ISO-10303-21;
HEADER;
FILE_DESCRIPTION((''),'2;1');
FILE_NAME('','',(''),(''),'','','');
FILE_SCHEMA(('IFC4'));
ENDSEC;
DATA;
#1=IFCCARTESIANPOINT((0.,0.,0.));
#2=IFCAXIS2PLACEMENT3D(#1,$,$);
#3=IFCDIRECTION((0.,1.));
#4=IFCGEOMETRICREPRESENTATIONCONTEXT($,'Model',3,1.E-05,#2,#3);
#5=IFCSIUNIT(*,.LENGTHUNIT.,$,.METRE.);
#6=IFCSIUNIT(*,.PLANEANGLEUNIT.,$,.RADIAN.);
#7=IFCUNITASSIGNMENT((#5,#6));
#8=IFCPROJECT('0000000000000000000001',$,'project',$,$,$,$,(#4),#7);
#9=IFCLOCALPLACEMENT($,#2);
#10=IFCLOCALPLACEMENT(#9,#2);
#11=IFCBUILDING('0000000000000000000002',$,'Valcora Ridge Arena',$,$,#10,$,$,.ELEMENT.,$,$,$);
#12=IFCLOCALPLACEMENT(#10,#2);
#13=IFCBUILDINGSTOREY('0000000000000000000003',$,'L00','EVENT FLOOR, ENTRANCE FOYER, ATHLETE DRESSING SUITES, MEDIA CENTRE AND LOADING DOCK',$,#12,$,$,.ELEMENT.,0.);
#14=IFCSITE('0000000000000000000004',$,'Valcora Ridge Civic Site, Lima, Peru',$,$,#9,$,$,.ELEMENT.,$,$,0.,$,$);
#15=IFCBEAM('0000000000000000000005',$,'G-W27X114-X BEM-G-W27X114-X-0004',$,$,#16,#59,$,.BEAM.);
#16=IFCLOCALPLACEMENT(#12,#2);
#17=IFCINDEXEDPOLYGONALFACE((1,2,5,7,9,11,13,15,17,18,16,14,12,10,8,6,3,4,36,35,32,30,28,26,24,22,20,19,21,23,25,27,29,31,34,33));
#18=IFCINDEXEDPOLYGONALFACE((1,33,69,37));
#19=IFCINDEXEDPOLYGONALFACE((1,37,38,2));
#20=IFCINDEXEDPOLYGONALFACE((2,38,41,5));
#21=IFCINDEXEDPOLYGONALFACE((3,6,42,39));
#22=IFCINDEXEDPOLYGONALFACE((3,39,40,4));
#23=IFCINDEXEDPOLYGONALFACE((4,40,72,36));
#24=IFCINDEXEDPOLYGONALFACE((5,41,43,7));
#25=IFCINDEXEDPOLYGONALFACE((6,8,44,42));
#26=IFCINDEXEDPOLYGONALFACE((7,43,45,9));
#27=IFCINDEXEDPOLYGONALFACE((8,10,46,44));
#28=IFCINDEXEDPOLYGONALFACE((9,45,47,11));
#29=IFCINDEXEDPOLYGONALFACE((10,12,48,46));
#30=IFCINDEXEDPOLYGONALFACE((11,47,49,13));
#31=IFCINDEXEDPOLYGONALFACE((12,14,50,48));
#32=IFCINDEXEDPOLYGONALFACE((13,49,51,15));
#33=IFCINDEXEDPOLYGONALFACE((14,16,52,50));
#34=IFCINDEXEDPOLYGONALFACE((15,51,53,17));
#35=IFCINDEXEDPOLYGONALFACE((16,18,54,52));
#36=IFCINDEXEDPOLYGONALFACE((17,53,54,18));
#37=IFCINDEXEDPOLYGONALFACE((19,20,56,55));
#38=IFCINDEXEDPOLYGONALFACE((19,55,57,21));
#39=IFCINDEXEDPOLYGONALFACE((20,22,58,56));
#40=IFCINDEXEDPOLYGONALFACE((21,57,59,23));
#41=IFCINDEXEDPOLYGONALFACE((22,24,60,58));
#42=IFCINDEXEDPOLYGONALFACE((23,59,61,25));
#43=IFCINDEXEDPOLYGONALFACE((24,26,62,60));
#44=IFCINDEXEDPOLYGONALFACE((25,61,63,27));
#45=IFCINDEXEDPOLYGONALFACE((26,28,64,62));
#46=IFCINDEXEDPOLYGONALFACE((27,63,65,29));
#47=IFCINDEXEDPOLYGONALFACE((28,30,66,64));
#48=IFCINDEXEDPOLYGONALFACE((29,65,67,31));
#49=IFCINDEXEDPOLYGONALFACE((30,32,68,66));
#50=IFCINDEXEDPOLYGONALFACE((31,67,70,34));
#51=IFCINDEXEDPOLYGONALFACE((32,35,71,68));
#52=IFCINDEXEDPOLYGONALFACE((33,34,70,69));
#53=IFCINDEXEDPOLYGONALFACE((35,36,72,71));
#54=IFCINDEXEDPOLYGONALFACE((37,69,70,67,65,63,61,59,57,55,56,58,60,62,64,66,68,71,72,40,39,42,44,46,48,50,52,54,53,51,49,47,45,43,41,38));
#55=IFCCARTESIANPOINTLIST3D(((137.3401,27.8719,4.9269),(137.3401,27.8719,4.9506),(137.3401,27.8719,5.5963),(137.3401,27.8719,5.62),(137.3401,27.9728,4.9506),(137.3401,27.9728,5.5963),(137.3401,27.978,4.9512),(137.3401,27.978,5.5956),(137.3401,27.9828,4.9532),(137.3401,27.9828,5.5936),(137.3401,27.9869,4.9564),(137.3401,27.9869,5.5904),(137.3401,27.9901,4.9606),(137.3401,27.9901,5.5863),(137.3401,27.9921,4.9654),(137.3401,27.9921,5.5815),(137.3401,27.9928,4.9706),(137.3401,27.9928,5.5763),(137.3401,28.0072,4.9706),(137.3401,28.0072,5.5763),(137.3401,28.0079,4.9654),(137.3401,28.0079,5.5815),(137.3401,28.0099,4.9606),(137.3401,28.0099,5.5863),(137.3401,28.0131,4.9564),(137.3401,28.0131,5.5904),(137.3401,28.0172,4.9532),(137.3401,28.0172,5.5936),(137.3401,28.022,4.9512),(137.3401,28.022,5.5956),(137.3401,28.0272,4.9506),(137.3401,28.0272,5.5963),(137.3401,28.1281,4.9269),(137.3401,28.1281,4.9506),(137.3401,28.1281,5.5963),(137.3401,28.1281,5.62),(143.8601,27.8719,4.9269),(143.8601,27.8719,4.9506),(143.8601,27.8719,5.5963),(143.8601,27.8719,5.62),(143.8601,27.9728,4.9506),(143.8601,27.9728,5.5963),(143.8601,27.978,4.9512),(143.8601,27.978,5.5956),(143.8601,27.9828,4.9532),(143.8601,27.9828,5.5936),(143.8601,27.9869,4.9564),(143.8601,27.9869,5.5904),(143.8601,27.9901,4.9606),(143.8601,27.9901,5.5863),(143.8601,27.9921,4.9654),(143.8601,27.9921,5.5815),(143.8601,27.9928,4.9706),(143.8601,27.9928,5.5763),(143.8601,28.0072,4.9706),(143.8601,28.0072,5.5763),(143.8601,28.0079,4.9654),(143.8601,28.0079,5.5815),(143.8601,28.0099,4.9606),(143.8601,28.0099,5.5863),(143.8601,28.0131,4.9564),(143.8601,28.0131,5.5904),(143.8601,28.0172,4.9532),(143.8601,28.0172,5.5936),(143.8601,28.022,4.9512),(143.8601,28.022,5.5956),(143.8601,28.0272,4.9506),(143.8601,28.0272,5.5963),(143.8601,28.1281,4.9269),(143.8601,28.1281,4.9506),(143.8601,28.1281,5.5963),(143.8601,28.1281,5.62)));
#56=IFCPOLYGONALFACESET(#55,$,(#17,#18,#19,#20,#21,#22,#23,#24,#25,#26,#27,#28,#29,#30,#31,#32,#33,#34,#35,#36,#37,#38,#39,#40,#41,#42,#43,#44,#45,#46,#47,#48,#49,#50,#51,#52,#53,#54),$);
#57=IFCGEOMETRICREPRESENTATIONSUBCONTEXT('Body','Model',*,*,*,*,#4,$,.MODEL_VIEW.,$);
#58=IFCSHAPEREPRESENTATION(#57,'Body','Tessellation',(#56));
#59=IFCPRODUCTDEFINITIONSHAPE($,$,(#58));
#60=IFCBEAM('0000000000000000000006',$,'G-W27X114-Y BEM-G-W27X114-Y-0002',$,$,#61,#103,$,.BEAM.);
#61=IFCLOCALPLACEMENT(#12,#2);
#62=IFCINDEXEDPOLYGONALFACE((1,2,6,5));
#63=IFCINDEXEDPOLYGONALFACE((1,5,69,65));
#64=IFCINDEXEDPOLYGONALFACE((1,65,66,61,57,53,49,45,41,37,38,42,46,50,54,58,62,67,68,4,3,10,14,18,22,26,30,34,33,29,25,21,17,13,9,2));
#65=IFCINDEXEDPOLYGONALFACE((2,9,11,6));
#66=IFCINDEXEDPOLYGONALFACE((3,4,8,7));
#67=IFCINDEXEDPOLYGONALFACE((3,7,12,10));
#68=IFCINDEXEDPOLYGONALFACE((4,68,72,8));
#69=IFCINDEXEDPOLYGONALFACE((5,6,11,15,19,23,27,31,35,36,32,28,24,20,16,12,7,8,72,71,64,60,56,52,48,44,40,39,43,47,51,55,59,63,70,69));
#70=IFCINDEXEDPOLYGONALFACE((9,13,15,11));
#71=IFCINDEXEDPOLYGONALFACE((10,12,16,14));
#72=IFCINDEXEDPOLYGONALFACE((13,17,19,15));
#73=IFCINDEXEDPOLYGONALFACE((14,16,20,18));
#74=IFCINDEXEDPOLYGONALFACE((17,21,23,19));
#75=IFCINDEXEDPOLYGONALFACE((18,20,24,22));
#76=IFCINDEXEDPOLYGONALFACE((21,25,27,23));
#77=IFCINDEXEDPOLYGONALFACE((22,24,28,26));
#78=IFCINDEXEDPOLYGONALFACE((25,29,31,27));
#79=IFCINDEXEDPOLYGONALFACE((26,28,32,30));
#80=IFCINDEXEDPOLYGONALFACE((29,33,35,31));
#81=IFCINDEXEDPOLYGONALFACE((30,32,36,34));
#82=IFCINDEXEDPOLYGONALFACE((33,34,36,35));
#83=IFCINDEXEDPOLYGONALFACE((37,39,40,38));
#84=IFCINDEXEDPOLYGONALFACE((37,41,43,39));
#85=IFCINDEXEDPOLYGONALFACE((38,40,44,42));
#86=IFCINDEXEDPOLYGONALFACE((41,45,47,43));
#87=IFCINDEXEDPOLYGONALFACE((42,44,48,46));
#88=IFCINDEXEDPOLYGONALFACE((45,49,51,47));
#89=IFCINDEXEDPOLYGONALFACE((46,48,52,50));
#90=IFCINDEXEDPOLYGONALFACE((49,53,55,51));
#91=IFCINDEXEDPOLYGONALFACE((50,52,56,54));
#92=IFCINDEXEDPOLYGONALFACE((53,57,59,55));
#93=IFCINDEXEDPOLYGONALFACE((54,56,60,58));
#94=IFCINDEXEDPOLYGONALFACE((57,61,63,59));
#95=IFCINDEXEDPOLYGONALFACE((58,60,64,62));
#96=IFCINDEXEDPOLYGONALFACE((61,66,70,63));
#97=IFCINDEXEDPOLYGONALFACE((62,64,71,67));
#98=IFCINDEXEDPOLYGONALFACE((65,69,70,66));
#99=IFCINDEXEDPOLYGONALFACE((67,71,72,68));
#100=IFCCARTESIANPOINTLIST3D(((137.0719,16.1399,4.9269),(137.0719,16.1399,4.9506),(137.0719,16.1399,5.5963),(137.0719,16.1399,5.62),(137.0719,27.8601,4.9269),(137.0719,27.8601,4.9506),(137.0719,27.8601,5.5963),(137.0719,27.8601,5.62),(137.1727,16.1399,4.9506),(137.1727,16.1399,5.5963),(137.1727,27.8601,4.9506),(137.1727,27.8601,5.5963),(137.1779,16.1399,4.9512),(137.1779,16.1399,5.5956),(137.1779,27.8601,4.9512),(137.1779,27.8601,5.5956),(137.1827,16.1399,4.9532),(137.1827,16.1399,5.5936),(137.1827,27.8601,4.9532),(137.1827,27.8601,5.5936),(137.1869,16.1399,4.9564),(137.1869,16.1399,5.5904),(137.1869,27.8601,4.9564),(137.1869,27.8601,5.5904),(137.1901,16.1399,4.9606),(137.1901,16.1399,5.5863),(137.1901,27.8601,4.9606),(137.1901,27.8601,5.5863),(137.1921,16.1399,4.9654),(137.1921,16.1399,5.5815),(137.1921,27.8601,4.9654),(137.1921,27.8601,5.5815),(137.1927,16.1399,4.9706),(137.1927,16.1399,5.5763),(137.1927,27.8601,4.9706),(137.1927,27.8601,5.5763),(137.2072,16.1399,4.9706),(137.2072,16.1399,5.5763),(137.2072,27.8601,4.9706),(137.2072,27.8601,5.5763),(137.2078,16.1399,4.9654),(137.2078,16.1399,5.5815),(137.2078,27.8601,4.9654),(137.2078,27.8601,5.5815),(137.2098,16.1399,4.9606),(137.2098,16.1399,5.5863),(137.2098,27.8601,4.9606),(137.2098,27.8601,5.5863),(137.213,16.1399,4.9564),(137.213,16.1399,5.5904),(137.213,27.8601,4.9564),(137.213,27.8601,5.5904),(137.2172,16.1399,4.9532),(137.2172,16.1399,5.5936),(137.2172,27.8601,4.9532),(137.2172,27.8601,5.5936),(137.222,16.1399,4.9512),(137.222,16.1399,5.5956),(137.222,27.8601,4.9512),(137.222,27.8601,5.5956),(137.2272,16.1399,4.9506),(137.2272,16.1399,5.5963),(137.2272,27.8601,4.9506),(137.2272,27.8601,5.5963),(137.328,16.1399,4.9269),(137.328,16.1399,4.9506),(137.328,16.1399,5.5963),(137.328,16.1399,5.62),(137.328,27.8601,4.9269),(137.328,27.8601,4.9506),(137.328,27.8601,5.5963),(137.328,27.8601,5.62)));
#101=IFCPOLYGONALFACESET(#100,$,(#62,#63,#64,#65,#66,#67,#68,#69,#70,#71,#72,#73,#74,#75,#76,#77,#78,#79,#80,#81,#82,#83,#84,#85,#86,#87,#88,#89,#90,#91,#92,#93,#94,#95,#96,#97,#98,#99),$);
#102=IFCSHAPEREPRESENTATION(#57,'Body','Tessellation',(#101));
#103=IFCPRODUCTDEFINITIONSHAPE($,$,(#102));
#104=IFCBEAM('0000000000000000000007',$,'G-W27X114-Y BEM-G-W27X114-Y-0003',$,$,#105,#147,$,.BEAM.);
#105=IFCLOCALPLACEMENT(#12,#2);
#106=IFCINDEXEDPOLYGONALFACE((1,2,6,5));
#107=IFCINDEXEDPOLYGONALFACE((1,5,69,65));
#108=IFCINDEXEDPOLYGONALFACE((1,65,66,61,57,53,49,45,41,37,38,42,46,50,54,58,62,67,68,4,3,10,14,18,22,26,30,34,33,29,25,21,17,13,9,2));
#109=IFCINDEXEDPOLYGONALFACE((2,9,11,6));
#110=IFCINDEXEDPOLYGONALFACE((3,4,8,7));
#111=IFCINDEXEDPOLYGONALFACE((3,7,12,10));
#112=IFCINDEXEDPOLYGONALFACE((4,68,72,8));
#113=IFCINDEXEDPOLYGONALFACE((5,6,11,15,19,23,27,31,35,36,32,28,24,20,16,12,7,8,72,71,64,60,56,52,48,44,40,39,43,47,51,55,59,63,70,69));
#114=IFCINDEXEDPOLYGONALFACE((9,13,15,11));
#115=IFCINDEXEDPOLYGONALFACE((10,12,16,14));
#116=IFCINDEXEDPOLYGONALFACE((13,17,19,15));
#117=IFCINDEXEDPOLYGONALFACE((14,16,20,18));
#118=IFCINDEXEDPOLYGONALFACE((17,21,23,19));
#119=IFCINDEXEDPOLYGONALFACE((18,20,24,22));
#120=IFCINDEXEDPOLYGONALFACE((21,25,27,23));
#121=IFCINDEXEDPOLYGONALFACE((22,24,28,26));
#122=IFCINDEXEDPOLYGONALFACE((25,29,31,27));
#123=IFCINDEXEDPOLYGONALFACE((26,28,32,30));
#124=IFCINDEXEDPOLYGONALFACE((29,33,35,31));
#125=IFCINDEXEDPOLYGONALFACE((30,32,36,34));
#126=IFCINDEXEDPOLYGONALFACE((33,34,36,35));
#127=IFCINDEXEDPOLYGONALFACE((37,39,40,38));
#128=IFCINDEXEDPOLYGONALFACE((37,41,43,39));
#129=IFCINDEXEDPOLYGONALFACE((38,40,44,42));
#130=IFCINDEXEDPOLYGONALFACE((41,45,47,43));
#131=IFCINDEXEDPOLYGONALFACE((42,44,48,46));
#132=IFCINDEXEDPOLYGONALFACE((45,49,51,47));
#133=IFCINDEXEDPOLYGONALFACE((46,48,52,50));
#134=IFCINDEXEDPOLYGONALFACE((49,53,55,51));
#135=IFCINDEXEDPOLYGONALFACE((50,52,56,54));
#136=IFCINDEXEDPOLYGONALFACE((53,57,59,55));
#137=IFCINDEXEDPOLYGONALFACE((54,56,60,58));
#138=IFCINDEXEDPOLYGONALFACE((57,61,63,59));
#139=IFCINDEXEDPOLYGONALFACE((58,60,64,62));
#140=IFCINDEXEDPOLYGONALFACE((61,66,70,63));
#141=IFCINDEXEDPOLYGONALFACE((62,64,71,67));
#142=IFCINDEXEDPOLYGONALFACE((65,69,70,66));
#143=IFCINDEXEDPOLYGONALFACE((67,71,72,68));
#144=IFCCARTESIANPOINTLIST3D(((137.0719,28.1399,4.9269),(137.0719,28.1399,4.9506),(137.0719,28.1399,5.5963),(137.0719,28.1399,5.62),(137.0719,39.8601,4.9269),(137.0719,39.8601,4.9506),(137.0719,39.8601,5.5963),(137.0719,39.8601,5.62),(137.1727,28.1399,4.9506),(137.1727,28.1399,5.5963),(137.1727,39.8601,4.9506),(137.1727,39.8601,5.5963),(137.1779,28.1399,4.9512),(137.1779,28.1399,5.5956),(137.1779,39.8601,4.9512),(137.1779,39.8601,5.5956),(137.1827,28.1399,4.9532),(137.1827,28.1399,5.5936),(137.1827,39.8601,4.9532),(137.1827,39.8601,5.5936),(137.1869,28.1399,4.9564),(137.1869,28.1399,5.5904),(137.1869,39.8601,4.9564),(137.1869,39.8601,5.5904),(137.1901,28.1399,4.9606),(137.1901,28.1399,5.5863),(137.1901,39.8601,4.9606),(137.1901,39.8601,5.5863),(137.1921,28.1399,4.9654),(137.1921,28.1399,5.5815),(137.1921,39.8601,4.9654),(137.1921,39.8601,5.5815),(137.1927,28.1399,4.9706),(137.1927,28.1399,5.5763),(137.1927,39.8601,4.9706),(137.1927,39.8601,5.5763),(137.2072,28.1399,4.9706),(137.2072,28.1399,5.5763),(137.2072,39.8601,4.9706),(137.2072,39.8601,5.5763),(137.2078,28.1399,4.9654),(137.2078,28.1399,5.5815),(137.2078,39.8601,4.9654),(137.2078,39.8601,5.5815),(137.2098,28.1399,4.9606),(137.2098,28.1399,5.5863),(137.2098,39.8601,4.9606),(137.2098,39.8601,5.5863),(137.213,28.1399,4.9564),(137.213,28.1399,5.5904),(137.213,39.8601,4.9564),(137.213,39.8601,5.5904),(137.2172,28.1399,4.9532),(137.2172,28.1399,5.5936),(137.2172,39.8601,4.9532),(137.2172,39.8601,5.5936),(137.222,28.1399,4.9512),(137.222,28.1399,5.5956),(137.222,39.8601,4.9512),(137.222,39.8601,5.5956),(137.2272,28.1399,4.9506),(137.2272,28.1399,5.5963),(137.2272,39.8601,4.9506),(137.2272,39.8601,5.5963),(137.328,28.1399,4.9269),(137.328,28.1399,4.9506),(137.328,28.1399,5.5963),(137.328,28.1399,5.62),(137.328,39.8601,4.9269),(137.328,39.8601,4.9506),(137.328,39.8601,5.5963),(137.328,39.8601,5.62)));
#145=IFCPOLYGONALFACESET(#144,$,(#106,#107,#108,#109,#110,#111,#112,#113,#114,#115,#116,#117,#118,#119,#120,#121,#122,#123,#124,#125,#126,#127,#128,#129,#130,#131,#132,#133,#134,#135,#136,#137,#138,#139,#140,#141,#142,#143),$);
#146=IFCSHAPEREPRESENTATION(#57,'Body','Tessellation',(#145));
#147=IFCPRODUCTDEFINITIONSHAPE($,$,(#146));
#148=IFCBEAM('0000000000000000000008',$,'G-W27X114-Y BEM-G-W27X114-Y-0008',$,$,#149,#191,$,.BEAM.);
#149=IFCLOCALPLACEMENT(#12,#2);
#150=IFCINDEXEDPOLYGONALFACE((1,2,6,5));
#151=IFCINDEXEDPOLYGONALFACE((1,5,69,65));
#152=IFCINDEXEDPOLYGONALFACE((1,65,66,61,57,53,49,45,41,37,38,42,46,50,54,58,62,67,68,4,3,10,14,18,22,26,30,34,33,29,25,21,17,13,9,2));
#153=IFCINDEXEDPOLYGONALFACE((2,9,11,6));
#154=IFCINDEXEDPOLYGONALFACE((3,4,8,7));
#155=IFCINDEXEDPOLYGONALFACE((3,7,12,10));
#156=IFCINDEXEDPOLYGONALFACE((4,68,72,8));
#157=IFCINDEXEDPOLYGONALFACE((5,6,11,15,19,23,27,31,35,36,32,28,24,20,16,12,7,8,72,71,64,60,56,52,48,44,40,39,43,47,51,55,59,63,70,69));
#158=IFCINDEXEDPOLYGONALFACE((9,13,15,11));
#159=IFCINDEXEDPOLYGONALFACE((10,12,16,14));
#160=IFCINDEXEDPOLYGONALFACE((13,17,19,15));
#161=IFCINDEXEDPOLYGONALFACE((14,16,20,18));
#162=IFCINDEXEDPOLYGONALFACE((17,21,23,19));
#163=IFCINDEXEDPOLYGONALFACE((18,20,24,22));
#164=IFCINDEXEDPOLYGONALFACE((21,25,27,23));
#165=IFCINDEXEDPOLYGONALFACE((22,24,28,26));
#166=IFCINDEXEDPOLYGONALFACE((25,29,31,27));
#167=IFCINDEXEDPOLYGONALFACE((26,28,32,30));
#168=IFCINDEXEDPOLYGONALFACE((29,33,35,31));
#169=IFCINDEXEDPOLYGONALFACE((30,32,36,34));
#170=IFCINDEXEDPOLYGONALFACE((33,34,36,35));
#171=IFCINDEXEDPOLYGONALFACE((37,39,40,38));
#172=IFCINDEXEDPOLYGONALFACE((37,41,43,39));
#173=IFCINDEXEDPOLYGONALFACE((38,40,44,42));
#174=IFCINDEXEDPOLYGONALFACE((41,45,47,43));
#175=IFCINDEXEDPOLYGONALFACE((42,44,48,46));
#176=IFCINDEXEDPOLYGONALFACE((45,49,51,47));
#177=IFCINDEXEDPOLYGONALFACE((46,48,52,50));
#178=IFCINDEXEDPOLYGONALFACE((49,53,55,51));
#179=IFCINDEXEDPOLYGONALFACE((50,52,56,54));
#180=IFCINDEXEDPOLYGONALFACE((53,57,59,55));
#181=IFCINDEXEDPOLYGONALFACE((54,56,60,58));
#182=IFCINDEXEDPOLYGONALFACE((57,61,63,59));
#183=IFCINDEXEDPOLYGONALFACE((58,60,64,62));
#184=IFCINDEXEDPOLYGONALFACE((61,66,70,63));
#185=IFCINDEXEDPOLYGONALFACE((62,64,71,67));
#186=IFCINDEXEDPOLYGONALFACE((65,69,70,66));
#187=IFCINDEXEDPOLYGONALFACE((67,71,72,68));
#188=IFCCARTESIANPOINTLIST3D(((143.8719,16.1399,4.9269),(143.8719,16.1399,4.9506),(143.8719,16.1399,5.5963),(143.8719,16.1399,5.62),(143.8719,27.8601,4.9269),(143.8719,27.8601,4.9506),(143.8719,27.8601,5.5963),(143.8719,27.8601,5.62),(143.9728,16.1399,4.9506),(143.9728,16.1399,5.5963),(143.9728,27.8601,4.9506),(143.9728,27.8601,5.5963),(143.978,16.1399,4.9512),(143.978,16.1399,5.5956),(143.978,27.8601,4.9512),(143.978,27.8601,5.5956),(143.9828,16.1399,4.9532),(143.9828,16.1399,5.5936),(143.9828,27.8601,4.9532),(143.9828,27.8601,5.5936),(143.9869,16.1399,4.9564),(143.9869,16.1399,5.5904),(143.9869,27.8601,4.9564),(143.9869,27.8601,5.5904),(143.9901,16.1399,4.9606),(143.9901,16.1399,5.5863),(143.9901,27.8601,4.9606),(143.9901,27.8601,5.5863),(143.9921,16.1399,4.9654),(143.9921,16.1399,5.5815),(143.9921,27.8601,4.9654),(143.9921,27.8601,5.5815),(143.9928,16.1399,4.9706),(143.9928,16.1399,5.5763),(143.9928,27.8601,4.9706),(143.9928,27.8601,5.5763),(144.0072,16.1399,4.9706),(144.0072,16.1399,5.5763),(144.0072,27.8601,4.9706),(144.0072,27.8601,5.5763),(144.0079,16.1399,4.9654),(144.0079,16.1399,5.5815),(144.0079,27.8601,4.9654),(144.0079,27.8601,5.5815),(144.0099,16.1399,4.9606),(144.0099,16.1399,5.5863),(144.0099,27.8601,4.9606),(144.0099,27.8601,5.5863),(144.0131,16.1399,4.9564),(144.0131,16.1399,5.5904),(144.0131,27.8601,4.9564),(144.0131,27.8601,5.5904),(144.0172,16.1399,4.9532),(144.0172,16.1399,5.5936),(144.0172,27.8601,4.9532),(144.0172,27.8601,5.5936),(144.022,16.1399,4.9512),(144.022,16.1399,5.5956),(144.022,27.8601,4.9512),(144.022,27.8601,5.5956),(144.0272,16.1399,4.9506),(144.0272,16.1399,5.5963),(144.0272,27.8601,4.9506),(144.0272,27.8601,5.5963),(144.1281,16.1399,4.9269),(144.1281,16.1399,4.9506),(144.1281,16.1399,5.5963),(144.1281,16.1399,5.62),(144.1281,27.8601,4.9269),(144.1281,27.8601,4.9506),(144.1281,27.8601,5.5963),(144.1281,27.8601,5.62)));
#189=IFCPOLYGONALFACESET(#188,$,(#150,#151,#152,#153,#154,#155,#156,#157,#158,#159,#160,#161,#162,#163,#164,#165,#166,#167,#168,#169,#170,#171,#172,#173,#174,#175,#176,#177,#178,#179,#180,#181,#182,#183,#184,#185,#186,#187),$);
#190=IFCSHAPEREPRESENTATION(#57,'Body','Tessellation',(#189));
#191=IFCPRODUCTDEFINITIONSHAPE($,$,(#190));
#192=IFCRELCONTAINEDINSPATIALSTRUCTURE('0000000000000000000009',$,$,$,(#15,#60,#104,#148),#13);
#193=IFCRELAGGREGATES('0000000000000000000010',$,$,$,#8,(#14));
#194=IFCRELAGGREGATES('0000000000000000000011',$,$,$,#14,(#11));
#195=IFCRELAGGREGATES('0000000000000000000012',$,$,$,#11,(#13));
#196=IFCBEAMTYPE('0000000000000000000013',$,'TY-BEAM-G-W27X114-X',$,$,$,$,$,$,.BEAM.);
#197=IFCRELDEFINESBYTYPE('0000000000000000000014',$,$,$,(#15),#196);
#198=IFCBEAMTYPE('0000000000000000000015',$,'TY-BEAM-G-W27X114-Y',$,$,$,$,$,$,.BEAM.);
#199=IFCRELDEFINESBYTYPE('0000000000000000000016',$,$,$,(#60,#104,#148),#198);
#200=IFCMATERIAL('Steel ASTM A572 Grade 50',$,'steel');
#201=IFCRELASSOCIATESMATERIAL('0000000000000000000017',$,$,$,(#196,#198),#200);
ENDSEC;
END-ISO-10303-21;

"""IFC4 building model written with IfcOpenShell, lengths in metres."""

from ifc_helpers import new_model, si_unit, direction, frame, origin, origin_2d, place, context, subcontext, project, spatial, i_section, extrude, material, material_profile, profile_set, type_object, element, save


model = new_model("IFC4")

# Units and contexts
model_context = context("Model", 3, precision=1e-05, world=origin(), true_north=direction((0.0, 1.0)))
body_context = subcontext(model_context, "Body", "Model", "MODEL_VIEW")
ifc_project = project(units=[si_unit("LENGTHUNIT", "METRE"), si_unit("PLANEANGLEUNIT", "RADIAN")], contexts=[model_context])

# Site, building, storey
site_placement = place(None, origin())
site = spatial("IfcSite", under=ifc_project, at=site_placement, Name="Valcora Ridge Civic Site, Lima, Peru", CompositionType="ELEMENT", RefElevation=0.0)
building_placement = place(site_placement, origin())
building = spatial("IfcBuilding", under=site, at=building_placement, Name="Valcora Ridge Arena", CompositionType="ELEMENT")
storey_placement = place(building_placement, origin())
storey = spatial("IfcBuildingStorey", under=building, at=storey_placement, Name="L00", Description="EVENT FLOOR, ENTRANCE FOYER, ATHLETE DRESSING SUITES, MEDIA CENTRE AND LOADING DOCK", CompositionType="ELEMENT", Elevation=0.0)

# Shared definitions
ifc_material_1 = material(Name="Steel ASTM A572 Grade 50", Category="steel")

# Beams
ifc_material_profile_1 = material_profile(ifc_material_1, i_section(OverallWidth=0.2561, OverallDepth=0.6931, WebThickness=0.0144, FlangeThickness=0.0237, FilletRadius=0.02, at=origin_2d()), Name="W27X114")
ifc_profile_set_1 = profile_set([ifc_material_profile_1], Name="Steel ASTM A572 Grade 50")
beam_type_1 = type_object("IfcBeamType", Name="TY-BEAM-G-W27X114-X", PredefinedType="BEAM", material=ifc_profile_set_1)
beam_placement = place(storey_placement, frame((137.3401, 28.0, 5.2734), z_axis=(1.0, 0.0, 0.0), x_axis=(0.0, 1.0, 0.0)))
element("IfcBeam", 1, at=beam_placement, inside=storey, type_object=beam_type_1, Name="G-W27X114-X BEM-G-W27X114-X-0004", PredefinedType="BEAM", context=body_context, shape_type="SweptSolid", body=[
    extrude(i_section(OverallWidth=0.2561, OverallDepth=0.6931, WebThickness=0.0144, FlangeThickness=0.0237, FilletRadius=0.02, at=origin_2d()), origin(), (0.0, 0.0, 1.0), 6.52),
])
ifc_material_profile_2 = material_profile(ifc_material_1, i_section(OverallWidth=0.2561, OverallDepth=0.6931, WebThickness=0.0144, FlangeThickness=0.0237, FilletRadius=0.02, at=origin_2d()), Name="W27X114")
ifc_profile_set_2 = profile_set([ifc_material_profile_2], Name="Steel ASTM A572 Grade 50")
beam_type_2 = type_object("IfcBeamType", Name="TY-BEAM-G-W27X114-Y", PredefinedType="BEAM", material=ifc_profile_set_2)
for number, where, z_axis, x_axis, name in (
    (2, (137.2, 16.1399, 5.2734), (0.0, 1.0, 0.0), (-1.0, 0.0, 0.0), "G-W27X114-Y BEM-G-W27X114-Y-0002"),
    (3, (137.2, 28.1399, 5.2734), (0.0, 1.0, 0.0), (-1.0, 0.0, 0.0), "G-W27X114-Y BEM-G-W27X114-Y-0003"),
    (4, (144.0, 16.1399, 5.2734), (0.0, 1.0, 0.0), (-1.0, 0.0, 0.0), "G-W27X114-Y BEM-G-W27X114-Y-0008"),
):
    element("IfcBeam", number, at=place(storey_placement, frame(where, z_axis=z_axis, x_axis=x_axis)), inside=storey, type_object=beam_type_2, Name=name, PredefinedType="BEAM", context=body_context, shape_type="SweptSolid", body=[
        extrude(i_section(OverallWidth=0.2561, OverallDepth=0.6931, WebThickness=0.0144, FlangeThickness=0.0237, FilletRadius=0.02, at=origin_2d()), origin(), (0.0, 0.0, 1.0), 11.7202),
    ])

save(model, "model.ifc")
